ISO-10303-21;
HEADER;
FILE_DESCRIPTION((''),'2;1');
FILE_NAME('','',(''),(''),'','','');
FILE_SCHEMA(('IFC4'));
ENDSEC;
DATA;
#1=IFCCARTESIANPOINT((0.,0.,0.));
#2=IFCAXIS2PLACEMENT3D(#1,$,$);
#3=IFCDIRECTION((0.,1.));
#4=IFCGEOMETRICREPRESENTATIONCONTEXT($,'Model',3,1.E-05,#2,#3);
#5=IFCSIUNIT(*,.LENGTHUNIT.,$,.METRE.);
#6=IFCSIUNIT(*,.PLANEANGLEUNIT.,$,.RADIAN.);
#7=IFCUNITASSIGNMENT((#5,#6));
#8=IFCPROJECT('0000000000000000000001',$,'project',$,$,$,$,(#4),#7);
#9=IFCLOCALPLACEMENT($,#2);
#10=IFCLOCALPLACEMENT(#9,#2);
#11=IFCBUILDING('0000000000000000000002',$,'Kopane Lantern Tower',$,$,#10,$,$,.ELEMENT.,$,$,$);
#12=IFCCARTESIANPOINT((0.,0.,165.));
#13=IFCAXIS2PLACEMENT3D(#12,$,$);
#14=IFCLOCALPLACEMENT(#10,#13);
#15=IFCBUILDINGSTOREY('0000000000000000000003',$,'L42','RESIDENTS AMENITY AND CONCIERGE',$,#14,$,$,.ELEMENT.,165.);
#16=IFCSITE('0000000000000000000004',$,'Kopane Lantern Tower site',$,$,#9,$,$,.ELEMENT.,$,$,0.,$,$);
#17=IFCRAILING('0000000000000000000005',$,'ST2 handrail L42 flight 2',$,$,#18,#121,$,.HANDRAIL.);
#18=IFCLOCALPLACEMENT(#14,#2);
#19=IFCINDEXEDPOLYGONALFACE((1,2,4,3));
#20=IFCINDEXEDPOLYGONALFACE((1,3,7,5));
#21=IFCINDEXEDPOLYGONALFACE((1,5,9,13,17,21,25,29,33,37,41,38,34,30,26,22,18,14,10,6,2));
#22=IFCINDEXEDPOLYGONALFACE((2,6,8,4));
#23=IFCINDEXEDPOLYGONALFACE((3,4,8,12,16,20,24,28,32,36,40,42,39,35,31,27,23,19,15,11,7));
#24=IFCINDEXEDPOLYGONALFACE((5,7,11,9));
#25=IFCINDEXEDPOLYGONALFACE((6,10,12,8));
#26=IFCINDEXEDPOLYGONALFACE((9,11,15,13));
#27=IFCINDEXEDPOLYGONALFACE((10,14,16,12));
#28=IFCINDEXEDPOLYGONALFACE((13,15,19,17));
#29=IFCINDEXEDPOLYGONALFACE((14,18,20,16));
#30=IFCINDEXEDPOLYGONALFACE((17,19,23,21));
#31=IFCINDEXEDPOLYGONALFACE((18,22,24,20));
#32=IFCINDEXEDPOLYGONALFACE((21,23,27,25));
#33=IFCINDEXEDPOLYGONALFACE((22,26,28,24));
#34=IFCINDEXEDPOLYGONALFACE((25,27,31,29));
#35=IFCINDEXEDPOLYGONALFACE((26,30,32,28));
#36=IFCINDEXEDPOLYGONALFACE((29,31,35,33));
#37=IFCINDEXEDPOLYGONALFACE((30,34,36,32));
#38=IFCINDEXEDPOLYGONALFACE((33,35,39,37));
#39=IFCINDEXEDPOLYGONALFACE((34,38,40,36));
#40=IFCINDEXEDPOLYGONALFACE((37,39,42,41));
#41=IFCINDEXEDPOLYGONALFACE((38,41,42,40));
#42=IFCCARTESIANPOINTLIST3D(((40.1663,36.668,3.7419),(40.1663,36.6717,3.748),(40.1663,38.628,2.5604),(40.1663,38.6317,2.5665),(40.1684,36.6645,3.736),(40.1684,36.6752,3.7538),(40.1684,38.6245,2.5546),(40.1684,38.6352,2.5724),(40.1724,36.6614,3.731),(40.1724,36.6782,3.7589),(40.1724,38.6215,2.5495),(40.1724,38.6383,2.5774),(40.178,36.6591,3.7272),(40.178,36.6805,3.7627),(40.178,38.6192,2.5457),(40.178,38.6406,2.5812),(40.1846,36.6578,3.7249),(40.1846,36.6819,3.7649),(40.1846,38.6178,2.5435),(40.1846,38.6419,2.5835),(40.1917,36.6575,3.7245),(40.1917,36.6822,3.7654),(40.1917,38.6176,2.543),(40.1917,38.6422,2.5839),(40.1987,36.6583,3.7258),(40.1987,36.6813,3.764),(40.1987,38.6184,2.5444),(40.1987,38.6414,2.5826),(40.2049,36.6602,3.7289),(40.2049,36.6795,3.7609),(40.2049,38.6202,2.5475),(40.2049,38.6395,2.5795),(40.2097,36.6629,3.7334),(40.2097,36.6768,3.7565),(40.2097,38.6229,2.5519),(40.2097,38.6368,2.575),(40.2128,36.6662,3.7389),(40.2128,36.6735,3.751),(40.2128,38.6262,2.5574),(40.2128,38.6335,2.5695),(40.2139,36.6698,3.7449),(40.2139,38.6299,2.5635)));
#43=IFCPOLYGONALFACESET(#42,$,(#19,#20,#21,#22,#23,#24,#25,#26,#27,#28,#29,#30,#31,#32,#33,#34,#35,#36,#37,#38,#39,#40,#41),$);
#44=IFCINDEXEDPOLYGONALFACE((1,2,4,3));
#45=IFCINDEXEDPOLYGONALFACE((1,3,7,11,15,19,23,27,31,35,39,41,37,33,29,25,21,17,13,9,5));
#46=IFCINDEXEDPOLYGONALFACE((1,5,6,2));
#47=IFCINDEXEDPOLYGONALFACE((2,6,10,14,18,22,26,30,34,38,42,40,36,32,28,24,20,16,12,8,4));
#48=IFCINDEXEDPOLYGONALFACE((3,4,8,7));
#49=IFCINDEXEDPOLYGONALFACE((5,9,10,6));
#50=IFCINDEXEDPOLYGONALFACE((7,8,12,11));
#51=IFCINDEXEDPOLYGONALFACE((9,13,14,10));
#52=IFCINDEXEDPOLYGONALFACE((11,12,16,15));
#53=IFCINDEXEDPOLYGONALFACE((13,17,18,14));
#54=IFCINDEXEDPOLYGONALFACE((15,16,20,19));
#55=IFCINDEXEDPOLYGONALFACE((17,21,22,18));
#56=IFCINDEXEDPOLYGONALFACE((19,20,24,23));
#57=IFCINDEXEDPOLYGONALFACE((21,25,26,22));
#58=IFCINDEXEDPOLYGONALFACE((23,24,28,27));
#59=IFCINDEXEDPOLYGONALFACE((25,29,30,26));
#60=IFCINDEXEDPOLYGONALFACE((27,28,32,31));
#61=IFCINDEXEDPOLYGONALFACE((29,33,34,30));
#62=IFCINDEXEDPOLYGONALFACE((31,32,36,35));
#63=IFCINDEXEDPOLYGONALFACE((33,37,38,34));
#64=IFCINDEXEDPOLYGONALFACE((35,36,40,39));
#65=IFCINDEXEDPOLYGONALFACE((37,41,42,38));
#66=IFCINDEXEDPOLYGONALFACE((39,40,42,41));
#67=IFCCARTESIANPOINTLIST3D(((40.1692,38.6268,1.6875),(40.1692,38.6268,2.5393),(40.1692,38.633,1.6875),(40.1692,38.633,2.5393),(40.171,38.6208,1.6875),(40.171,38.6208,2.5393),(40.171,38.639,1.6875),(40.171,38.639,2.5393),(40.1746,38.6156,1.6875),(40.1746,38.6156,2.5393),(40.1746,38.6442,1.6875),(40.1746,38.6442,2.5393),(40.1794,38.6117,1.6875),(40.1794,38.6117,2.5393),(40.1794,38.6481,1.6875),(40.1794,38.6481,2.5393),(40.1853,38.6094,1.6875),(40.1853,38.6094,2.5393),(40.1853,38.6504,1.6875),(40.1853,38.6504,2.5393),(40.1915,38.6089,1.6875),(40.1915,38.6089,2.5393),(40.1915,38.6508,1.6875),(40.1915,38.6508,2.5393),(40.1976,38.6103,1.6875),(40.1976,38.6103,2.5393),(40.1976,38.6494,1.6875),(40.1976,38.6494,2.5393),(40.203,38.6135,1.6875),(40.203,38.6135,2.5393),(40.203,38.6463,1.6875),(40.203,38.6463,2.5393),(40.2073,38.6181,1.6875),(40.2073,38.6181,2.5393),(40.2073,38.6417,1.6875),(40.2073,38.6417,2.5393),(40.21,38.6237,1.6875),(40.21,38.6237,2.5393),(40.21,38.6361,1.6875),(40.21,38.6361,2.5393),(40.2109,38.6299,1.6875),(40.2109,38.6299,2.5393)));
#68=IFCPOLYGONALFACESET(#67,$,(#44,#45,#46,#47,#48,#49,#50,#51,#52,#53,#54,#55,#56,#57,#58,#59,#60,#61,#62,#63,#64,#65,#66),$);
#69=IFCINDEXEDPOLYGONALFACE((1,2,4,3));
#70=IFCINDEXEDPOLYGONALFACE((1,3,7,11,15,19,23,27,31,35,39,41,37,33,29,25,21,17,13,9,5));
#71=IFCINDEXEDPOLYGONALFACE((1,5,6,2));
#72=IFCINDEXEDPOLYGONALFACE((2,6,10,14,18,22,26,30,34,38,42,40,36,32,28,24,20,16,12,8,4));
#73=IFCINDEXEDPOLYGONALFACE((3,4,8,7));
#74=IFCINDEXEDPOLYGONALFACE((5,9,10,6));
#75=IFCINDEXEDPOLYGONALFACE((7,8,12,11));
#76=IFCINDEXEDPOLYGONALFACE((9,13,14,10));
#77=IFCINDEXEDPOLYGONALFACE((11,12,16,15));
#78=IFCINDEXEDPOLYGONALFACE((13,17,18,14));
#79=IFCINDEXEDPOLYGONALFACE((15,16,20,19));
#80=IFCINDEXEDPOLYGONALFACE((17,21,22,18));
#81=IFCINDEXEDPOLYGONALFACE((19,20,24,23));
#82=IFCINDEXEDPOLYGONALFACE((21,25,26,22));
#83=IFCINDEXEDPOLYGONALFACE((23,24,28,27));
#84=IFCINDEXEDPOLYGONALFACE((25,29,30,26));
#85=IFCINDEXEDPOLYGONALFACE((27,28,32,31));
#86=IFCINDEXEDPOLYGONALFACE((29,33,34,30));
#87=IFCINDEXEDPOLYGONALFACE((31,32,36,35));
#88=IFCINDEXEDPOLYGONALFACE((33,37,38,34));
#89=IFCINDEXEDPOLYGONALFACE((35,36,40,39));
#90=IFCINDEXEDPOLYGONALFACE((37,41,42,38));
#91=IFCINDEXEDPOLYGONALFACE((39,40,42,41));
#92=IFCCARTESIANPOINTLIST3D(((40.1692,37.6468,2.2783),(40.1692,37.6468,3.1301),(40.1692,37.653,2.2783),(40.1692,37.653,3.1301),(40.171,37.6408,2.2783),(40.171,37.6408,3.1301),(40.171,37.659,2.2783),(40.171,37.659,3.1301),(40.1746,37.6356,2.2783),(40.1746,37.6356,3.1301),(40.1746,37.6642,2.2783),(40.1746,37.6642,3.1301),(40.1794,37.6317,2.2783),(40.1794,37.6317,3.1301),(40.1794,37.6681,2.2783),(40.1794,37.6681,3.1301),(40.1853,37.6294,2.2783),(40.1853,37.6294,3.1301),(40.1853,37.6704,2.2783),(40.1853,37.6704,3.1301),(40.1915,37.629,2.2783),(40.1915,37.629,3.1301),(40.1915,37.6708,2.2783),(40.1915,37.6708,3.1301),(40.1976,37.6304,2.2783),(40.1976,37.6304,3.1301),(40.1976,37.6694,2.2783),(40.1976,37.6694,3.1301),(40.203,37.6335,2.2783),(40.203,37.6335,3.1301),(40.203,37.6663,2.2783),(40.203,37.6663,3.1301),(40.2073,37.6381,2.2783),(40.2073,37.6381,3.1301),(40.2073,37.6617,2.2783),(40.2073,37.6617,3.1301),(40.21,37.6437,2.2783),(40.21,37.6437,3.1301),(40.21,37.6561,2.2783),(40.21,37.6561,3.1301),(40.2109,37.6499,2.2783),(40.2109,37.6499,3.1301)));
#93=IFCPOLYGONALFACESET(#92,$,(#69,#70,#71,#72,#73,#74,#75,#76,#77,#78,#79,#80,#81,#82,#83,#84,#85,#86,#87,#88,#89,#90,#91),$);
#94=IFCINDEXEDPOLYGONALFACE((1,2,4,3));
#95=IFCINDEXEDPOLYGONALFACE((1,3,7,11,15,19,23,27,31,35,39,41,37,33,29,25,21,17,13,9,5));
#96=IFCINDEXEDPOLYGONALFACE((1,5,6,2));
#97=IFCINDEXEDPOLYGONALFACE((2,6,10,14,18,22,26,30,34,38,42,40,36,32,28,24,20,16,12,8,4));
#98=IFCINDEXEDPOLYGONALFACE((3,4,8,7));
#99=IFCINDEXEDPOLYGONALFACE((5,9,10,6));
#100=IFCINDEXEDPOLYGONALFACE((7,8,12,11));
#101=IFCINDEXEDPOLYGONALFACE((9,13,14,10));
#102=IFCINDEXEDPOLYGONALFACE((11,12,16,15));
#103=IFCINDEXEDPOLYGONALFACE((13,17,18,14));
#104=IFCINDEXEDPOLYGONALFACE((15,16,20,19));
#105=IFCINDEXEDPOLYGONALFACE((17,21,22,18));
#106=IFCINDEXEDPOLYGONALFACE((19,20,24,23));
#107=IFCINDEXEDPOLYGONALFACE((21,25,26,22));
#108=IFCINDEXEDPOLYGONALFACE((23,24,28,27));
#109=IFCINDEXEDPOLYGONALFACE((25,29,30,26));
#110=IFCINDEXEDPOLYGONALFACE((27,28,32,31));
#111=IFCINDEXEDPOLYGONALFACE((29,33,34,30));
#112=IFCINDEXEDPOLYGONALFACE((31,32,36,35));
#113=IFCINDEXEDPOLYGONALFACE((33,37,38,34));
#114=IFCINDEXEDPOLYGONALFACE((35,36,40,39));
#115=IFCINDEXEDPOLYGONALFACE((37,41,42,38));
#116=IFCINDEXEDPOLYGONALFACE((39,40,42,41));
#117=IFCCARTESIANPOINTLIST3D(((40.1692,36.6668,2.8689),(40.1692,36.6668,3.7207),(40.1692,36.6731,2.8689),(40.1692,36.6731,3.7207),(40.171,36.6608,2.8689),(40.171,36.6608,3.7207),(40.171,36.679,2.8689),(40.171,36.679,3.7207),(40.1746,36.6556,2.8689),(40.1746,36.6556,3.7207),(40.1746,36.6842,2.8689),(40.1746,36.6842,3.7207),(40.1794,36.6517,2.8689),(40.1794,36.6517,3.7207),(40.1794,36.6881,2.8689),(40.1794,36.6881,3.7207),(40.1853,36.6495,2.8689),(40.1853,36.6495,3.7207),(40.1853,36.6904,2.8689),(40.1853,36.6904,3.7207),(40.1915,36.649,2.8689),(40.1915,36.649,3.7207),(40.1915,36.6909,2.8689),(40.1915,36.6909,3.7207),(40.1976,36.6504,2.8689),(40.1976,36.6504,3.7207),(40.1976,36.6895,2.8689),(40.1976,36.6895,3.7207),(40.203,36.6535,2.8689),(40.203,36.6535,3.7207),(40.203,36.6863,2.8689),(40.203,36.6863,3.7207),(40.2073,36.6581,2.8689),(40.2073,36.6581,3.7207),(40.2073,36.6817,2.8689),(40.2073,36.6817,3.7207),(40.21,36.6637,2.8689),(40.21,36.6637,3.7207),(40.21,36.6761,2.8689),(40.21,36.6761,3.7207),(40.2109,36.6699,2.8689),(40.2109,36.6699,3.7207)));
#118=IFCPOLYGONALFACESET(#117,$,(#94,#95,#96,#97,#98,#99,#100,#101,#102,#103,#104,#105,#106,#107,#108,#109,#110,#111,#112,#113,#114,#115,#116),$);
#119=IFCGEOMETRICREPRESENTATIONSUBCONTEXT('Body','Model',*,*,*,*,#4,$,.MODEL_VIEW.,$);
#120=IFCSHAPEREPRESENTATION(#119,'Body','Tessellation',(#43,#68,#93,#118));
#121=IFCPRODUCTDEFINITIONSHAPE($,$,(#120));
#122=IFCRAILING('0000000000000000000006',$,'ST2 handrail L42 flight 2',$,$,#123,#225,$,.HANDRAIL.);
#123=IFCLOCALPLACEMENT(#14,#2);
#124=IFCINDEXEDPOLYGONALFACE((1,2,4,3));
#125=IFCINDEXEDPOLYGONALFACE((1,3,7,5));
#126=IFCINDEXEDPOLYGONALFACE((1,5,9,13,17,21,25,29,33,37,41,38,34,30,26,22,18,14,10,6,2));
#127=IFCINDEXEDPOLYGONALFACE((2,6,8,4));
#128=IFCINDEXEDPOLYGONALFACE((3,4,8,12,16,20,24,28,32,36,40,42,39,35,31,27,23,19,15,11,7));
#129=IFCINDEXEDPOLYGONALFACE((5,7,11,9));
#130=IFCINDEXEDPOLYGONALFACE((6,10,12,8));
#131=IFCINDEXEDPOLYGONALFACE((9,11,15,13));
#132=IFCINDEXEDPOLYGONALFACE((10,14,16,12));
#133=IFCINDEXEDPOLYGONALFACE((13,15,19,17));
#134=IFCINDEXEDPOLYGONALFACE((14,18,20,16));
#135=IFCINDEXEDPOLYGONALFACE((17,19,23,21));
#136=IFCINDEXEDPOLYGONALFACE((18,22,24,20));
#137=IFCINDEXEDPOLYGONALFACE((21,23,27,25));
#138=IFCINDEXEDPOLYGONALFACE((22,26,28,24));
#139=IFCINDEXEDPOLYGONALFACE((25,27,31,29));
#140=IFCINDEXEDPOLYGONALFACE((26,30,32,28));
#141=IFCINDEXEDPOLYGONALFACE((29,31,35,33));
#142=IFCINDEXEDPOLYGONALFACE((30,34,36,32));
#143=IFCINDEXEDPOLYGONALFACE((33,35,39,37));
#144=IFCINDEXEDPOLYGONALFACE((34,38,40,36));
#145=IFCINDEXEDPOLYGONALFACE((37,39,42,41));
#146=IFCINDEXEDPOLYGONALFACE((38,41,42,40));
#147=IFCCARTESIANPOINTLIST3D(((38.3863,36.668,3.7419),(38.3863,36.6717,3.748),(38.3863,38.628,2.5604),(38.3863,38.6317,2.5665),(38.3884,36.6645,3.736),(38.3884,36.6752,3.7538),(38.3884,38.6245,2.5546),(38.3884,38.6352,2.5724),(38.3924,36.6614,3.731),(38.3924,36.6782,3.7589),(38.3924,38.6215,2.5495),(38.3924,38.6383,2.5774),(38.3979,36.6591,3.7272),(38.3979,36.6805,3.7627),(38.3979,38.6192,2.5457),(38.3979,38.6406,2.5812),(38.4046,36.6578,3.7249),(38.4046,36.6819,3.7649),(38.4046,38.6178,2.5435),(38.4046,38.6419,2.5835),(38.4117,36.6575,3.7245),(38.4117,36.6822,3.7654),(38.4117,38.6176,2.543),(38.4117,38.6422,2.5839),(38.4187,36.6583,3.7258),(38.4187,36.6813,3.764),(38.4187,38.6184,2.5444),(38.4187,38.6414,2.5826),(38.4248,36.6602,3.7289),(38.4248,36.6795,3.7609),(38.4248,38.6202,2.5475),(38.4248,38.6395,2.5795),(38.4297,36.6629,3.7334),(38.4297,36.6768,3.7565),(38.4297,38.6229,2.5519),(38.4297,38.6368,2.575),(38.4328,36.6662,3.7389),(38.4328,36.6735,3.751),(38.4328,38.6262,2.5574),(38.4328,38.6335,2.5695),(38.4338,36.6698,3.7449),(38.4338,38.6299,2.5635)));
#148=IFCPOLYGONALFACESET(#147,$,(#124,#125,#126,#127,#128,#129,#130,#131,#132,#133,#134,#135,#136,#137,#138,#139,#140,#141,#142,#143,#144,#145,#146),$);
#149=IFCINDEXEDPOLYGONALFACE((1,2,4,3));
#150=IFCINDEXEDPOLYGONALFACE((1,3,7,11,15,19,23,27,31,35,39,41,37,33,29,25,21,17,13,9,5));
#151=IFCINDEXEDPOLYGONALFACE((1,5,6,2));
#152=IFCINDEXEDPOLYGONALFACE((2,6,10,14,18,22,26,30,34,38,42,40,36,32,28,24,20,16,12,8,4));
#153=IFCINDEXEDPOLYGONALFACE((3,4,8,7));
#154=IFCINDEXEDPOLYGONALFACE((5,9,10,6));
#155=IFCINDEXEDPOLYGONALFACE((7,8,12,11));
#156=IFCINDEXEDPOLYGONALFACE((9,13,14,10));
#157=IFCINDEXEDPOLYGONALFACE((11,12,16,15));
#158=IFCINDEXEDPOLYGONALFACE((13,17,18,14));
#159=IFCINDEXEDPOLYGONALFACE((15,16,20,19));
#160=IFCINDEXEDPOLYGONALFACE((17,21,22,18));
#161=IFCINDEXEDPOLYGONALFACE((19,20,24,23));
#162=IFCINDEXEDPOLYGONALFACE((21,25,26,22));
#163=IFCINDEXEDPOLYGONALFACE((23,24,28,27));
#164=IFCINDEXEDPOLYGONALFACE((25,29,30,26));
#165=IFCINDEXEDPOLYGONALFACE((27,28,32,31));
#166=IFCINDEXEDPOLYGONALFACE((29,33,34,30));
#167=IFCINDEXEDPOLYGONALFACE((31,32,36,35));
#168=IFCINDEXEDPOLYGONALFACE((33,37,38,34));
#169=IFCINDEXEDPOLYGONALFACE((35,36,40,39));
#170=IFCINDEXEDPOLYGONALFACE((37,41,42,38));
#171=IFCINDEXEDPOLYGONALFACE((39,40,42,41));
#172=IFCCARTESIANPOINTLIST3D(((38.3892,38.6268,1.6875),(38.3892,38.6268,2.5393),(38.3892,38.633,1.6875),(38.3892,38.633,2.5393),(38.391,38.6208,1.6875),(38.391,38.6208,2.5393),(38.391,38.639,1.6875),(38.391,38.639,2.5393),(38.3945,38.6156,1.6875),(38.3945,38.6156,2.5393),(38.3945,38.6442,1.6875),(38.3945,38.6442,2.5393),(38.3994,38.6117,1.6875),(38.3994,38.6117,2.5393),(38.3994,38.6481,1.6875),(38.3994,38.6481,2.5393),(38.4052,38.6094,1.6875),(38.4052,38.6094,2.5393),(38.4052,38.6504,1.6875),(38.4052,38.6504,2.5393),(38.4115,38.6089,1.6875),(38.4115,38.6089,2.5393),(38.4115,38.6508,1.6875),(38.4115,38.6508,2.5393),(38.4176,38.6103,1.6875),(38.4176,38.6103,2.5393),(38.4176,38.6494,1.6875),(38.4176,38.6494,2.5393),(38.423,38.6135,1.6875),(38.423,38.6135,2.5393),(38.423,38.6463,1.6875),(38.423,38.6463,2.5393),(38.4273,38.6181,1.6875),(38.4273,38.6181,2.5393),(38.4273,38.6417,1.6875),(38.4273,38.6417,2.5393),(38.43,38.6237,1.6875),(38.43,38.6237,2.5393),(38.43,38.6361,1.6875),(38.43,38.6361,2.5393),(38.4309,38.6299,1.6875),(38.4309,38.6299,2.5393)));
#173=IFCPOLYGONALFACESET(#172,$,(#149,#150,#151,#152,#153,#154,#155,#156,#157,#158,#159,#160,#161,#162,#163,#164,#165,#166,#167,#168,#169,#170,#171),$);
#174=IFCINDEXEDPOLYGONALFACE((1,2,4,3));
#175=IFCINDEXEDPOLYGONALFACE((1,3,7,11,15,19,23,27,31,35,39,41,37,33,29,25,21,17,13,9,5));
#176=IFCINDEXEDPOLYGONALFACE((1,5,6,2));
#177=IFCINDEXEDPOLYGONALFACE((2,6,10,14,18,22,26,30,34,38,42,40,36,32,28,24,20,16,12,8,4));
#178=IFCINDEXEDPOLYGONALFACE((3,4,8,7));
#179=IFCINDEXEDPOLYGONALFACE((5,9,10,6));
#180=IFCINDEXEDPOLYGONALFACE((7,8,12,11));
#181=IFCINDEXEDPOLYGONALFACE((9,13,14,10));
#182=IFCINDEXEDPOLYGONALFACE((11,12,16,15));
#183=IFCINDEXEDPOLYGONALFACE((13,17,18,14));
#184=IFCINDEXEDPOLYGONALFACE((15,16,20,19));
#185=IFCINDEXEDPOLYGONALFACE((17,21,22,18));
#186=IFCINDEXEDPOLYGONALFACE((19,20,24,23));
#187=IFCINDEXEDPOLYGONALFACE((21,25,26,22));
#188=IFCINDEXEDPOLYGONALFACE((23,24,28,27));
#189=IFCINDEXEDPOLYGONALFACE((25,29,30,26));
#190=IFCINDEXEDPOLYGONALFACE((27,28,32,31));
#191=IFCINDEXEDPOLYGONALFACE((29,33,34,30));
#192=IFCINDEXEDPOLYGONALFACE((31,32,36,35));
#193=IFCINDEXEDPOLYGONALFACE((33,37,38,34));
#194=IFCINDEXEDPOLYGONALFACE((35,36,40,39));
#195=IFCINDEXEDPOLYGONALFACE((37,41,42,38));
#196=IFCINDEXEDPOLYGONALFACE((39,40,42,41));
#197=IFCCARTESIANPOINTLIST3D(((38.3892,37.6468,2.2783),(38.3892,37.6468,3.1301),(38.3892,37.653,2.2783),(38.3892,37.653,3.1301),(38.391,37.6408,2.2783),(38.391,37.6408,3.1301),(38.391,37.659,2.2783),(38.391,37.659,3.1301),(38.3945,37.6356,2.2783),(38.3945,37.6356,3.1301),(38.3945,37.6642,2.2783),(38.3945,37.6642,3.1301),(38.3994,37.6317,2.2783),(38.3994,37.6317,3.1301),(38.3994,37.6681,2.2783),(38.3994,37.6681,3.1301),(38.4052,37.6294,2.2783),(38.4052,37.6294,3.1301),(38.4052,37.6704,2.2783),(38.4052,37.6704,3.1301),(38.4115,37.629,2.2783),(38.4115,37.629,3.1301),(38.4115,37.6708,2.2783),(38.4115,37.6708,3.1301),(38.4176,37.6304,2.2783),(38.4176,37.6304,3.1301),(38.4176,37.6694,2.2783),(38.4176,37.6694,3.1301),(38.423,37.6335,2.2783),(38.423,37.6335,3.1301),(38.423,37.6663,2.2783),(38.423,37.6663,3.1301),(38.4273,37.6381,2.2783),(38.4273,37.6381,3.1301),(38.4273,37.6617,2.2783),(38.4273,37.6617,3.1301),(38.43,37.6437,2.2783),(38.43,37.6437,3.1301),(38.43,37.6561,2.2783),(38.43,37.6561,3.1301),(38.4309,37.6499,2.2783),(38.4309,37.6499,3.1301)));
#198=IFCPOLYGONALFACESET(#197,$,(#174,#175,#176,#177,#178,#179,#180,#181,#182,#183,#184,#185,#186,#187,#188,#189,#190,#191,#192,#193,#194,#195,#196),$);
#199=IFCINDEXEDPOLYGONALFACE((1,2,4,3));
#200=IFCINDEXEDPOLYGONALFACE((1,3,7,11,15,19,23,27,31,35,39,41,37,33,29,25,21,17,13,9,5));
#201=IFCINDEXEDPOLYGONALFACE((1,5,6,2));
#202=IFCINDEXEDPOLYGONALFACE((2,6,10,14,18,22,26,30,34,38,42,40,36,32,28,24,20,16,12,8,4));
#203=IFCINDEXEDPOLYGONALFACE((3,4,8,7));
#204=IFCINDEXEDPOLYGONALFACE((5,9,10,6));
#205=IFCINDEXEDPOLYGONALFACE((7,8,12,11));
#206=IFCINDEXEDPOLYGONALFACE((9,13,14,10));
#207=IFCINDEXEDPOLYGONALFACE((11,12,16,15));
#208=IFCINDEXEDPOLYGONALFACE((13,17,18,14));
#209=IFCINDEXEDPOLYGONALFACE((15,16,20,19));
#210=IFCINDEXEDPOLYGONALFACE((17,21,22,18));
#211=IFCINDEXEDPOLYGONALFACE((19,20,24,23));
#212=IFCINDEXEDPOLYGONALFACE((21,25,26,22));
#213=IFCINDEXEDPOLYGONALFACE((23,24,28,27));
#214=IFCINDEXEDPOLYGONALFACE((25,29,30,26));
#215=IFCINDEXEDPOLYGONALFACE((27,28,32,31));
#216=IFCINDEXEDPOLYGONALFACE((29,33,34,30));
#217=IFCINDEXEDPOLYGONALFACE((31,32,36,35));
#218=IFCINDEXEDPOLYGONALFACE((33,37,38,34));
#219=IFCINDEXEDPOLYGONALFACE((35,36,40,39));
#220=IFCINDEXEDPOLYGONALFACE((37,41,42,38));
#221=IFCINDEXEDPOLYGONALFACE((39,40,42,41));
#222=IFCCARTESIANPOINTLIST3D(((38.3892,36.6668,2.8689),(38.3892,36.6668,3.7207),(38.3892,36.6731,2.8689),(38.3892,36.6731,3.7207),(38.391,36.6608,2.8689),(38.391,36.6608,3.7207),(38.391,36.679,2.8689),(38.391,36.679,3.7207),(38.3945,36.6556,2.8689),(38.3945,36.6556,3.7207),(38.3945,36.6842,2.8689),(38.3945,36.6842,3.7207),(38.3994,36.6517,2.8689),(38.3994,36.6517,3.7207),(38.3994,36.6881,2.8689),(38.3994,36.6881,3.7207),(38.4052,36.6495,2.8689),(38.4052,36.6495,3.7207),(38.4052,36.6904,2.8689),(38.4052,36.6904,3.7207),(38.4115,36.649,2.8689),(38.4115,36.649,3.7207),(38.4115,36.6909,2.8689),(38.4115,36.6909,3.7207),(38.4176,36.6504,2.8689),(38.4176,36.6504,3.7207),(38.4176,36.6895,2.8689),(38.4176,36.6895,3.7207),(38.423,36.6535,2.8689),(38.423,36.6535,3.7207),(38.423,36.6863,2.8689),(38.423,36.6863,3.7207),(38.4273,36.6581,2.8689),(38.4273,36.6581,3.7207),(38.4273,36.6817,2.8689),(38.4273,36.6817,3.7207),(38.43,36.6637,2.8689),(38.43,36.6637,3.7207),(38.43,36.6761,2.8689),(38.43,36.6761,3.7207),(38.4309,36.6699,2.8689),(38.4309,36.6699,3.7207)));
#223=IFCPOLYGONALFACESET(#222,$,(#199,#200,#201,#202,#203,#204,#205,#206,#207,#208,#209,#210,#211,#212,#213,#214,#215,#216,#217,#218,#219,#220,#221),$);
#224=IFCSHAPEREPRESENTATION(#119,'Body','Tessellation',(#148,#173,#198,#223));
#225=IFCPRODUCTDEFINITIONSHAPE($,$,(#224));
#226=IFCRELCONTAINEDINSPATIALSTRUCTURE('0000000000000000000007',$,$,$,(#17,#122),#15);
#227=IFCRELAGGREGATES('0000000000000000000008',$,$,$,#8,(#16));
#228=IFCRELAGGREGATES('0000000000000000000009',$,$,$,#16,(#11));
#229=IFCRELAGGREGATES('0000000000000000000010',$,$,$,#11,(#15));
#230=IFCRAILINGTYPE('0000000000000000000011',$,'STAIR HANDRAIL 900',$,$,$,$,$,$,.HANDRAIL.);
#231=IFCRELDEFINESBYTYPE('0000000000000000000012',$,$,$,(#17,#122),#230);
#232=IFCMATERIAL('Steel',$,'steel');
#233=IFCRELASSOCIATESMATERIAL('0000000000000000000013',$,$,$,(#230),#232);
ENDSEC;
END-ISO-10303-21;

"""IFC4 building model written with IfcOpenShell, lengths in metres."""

from ifc_helpers import new_model, si_unit, direction, frame, origin, origin_2d, place, context, subcontext, project, spatial, circle, extrude, material, type_object, element, save


model = new_model("IFC4")

# Units and contexts
model_context = context("Model", 3, precision=1e-05, world=origin(), true_north=direction((0.0, 1.0)))
body_context = subcontext(model_context, "Body", "Model", "MODEL_VIEW")
ifc_project = project(units=[si_unit("LENGTHUNIT", "METRE"), si_unit("PLANEANGLEUNIT", "RADIAN")], contexts=[model_context])

# Site, building, storey
site_placement = place(None, origin())
site = spatial("IfcSite", under=ifc_project, at=site_placement, Name="Kopane Lantern Tower site", CompositionType="ELEMENT", RefElevation=0.0)
building_placement = place(site_placement, origin())
building = spatial("IfcBuilding", under=site, at=building_placement, Name="Kopane Lantern Tower", CompositionType="ELEMENT")
storey_placement = place(building_placement, frame((0.0, 0.0, 165.0)))
storey = spatial("IfcBuildingStorey", under=building, at=storey_placement, Name="L42", Description="RESIDENTS AMENITY AND CONCIERGE", CompositionType="ELEMENT", Elevation=165.0)

# Railings
ifc_material_1 = material(Name="Steel", Category="steel")
railing_type_1 = type_object("IfcRailingType", Name="STAIR HANDRAIL 900", PredefinedType="HANDRAIL", material=ifc_material_1)
for number, where, name in (
    (1, (40.1899, 38.6299, 1.6875), "ST2 handrail L42 flight 2"),
    (2, (38.4099, 38.6299, 1.6875), "ST2 handrail L42 flight 2"),
):
    element("IfcRailing", number, at=place(storey_placement, frame(where)), inside=storey, type_object=railing_type_1, Name=name, PredefinedType="HANDRAIL", context=body_context, shape_type="SweptSolid", body=[
        extrude(circle(Radius=0.0239, at=origin_2d()), frame((0.0, 0.0, 0.876), z_axis=(0.0, -0.856446, 0.516236), x_axis=(1.0, 0.0, 0.0)), (0.0, 0.0, 1.0), 2.2886),
        extrude(circle(Radius=0.021, at=origin_2d()), origin(), (0.0, 0.0, 1.0), 0.8518),
        extrude(circle(Radius=0.021, at=origin_2d()), frame((0.0, -0.98, 0.5908)), (0.0, 0.0, 1.0), 0.8518),
        extrude(circle(Radius=0.021, at=origin_2d()), frame((0.0, -1.96, 1.1814)), (0.0, 0.0, 1.0), 0.8518),
    ])

save(model, "model.ifc")
